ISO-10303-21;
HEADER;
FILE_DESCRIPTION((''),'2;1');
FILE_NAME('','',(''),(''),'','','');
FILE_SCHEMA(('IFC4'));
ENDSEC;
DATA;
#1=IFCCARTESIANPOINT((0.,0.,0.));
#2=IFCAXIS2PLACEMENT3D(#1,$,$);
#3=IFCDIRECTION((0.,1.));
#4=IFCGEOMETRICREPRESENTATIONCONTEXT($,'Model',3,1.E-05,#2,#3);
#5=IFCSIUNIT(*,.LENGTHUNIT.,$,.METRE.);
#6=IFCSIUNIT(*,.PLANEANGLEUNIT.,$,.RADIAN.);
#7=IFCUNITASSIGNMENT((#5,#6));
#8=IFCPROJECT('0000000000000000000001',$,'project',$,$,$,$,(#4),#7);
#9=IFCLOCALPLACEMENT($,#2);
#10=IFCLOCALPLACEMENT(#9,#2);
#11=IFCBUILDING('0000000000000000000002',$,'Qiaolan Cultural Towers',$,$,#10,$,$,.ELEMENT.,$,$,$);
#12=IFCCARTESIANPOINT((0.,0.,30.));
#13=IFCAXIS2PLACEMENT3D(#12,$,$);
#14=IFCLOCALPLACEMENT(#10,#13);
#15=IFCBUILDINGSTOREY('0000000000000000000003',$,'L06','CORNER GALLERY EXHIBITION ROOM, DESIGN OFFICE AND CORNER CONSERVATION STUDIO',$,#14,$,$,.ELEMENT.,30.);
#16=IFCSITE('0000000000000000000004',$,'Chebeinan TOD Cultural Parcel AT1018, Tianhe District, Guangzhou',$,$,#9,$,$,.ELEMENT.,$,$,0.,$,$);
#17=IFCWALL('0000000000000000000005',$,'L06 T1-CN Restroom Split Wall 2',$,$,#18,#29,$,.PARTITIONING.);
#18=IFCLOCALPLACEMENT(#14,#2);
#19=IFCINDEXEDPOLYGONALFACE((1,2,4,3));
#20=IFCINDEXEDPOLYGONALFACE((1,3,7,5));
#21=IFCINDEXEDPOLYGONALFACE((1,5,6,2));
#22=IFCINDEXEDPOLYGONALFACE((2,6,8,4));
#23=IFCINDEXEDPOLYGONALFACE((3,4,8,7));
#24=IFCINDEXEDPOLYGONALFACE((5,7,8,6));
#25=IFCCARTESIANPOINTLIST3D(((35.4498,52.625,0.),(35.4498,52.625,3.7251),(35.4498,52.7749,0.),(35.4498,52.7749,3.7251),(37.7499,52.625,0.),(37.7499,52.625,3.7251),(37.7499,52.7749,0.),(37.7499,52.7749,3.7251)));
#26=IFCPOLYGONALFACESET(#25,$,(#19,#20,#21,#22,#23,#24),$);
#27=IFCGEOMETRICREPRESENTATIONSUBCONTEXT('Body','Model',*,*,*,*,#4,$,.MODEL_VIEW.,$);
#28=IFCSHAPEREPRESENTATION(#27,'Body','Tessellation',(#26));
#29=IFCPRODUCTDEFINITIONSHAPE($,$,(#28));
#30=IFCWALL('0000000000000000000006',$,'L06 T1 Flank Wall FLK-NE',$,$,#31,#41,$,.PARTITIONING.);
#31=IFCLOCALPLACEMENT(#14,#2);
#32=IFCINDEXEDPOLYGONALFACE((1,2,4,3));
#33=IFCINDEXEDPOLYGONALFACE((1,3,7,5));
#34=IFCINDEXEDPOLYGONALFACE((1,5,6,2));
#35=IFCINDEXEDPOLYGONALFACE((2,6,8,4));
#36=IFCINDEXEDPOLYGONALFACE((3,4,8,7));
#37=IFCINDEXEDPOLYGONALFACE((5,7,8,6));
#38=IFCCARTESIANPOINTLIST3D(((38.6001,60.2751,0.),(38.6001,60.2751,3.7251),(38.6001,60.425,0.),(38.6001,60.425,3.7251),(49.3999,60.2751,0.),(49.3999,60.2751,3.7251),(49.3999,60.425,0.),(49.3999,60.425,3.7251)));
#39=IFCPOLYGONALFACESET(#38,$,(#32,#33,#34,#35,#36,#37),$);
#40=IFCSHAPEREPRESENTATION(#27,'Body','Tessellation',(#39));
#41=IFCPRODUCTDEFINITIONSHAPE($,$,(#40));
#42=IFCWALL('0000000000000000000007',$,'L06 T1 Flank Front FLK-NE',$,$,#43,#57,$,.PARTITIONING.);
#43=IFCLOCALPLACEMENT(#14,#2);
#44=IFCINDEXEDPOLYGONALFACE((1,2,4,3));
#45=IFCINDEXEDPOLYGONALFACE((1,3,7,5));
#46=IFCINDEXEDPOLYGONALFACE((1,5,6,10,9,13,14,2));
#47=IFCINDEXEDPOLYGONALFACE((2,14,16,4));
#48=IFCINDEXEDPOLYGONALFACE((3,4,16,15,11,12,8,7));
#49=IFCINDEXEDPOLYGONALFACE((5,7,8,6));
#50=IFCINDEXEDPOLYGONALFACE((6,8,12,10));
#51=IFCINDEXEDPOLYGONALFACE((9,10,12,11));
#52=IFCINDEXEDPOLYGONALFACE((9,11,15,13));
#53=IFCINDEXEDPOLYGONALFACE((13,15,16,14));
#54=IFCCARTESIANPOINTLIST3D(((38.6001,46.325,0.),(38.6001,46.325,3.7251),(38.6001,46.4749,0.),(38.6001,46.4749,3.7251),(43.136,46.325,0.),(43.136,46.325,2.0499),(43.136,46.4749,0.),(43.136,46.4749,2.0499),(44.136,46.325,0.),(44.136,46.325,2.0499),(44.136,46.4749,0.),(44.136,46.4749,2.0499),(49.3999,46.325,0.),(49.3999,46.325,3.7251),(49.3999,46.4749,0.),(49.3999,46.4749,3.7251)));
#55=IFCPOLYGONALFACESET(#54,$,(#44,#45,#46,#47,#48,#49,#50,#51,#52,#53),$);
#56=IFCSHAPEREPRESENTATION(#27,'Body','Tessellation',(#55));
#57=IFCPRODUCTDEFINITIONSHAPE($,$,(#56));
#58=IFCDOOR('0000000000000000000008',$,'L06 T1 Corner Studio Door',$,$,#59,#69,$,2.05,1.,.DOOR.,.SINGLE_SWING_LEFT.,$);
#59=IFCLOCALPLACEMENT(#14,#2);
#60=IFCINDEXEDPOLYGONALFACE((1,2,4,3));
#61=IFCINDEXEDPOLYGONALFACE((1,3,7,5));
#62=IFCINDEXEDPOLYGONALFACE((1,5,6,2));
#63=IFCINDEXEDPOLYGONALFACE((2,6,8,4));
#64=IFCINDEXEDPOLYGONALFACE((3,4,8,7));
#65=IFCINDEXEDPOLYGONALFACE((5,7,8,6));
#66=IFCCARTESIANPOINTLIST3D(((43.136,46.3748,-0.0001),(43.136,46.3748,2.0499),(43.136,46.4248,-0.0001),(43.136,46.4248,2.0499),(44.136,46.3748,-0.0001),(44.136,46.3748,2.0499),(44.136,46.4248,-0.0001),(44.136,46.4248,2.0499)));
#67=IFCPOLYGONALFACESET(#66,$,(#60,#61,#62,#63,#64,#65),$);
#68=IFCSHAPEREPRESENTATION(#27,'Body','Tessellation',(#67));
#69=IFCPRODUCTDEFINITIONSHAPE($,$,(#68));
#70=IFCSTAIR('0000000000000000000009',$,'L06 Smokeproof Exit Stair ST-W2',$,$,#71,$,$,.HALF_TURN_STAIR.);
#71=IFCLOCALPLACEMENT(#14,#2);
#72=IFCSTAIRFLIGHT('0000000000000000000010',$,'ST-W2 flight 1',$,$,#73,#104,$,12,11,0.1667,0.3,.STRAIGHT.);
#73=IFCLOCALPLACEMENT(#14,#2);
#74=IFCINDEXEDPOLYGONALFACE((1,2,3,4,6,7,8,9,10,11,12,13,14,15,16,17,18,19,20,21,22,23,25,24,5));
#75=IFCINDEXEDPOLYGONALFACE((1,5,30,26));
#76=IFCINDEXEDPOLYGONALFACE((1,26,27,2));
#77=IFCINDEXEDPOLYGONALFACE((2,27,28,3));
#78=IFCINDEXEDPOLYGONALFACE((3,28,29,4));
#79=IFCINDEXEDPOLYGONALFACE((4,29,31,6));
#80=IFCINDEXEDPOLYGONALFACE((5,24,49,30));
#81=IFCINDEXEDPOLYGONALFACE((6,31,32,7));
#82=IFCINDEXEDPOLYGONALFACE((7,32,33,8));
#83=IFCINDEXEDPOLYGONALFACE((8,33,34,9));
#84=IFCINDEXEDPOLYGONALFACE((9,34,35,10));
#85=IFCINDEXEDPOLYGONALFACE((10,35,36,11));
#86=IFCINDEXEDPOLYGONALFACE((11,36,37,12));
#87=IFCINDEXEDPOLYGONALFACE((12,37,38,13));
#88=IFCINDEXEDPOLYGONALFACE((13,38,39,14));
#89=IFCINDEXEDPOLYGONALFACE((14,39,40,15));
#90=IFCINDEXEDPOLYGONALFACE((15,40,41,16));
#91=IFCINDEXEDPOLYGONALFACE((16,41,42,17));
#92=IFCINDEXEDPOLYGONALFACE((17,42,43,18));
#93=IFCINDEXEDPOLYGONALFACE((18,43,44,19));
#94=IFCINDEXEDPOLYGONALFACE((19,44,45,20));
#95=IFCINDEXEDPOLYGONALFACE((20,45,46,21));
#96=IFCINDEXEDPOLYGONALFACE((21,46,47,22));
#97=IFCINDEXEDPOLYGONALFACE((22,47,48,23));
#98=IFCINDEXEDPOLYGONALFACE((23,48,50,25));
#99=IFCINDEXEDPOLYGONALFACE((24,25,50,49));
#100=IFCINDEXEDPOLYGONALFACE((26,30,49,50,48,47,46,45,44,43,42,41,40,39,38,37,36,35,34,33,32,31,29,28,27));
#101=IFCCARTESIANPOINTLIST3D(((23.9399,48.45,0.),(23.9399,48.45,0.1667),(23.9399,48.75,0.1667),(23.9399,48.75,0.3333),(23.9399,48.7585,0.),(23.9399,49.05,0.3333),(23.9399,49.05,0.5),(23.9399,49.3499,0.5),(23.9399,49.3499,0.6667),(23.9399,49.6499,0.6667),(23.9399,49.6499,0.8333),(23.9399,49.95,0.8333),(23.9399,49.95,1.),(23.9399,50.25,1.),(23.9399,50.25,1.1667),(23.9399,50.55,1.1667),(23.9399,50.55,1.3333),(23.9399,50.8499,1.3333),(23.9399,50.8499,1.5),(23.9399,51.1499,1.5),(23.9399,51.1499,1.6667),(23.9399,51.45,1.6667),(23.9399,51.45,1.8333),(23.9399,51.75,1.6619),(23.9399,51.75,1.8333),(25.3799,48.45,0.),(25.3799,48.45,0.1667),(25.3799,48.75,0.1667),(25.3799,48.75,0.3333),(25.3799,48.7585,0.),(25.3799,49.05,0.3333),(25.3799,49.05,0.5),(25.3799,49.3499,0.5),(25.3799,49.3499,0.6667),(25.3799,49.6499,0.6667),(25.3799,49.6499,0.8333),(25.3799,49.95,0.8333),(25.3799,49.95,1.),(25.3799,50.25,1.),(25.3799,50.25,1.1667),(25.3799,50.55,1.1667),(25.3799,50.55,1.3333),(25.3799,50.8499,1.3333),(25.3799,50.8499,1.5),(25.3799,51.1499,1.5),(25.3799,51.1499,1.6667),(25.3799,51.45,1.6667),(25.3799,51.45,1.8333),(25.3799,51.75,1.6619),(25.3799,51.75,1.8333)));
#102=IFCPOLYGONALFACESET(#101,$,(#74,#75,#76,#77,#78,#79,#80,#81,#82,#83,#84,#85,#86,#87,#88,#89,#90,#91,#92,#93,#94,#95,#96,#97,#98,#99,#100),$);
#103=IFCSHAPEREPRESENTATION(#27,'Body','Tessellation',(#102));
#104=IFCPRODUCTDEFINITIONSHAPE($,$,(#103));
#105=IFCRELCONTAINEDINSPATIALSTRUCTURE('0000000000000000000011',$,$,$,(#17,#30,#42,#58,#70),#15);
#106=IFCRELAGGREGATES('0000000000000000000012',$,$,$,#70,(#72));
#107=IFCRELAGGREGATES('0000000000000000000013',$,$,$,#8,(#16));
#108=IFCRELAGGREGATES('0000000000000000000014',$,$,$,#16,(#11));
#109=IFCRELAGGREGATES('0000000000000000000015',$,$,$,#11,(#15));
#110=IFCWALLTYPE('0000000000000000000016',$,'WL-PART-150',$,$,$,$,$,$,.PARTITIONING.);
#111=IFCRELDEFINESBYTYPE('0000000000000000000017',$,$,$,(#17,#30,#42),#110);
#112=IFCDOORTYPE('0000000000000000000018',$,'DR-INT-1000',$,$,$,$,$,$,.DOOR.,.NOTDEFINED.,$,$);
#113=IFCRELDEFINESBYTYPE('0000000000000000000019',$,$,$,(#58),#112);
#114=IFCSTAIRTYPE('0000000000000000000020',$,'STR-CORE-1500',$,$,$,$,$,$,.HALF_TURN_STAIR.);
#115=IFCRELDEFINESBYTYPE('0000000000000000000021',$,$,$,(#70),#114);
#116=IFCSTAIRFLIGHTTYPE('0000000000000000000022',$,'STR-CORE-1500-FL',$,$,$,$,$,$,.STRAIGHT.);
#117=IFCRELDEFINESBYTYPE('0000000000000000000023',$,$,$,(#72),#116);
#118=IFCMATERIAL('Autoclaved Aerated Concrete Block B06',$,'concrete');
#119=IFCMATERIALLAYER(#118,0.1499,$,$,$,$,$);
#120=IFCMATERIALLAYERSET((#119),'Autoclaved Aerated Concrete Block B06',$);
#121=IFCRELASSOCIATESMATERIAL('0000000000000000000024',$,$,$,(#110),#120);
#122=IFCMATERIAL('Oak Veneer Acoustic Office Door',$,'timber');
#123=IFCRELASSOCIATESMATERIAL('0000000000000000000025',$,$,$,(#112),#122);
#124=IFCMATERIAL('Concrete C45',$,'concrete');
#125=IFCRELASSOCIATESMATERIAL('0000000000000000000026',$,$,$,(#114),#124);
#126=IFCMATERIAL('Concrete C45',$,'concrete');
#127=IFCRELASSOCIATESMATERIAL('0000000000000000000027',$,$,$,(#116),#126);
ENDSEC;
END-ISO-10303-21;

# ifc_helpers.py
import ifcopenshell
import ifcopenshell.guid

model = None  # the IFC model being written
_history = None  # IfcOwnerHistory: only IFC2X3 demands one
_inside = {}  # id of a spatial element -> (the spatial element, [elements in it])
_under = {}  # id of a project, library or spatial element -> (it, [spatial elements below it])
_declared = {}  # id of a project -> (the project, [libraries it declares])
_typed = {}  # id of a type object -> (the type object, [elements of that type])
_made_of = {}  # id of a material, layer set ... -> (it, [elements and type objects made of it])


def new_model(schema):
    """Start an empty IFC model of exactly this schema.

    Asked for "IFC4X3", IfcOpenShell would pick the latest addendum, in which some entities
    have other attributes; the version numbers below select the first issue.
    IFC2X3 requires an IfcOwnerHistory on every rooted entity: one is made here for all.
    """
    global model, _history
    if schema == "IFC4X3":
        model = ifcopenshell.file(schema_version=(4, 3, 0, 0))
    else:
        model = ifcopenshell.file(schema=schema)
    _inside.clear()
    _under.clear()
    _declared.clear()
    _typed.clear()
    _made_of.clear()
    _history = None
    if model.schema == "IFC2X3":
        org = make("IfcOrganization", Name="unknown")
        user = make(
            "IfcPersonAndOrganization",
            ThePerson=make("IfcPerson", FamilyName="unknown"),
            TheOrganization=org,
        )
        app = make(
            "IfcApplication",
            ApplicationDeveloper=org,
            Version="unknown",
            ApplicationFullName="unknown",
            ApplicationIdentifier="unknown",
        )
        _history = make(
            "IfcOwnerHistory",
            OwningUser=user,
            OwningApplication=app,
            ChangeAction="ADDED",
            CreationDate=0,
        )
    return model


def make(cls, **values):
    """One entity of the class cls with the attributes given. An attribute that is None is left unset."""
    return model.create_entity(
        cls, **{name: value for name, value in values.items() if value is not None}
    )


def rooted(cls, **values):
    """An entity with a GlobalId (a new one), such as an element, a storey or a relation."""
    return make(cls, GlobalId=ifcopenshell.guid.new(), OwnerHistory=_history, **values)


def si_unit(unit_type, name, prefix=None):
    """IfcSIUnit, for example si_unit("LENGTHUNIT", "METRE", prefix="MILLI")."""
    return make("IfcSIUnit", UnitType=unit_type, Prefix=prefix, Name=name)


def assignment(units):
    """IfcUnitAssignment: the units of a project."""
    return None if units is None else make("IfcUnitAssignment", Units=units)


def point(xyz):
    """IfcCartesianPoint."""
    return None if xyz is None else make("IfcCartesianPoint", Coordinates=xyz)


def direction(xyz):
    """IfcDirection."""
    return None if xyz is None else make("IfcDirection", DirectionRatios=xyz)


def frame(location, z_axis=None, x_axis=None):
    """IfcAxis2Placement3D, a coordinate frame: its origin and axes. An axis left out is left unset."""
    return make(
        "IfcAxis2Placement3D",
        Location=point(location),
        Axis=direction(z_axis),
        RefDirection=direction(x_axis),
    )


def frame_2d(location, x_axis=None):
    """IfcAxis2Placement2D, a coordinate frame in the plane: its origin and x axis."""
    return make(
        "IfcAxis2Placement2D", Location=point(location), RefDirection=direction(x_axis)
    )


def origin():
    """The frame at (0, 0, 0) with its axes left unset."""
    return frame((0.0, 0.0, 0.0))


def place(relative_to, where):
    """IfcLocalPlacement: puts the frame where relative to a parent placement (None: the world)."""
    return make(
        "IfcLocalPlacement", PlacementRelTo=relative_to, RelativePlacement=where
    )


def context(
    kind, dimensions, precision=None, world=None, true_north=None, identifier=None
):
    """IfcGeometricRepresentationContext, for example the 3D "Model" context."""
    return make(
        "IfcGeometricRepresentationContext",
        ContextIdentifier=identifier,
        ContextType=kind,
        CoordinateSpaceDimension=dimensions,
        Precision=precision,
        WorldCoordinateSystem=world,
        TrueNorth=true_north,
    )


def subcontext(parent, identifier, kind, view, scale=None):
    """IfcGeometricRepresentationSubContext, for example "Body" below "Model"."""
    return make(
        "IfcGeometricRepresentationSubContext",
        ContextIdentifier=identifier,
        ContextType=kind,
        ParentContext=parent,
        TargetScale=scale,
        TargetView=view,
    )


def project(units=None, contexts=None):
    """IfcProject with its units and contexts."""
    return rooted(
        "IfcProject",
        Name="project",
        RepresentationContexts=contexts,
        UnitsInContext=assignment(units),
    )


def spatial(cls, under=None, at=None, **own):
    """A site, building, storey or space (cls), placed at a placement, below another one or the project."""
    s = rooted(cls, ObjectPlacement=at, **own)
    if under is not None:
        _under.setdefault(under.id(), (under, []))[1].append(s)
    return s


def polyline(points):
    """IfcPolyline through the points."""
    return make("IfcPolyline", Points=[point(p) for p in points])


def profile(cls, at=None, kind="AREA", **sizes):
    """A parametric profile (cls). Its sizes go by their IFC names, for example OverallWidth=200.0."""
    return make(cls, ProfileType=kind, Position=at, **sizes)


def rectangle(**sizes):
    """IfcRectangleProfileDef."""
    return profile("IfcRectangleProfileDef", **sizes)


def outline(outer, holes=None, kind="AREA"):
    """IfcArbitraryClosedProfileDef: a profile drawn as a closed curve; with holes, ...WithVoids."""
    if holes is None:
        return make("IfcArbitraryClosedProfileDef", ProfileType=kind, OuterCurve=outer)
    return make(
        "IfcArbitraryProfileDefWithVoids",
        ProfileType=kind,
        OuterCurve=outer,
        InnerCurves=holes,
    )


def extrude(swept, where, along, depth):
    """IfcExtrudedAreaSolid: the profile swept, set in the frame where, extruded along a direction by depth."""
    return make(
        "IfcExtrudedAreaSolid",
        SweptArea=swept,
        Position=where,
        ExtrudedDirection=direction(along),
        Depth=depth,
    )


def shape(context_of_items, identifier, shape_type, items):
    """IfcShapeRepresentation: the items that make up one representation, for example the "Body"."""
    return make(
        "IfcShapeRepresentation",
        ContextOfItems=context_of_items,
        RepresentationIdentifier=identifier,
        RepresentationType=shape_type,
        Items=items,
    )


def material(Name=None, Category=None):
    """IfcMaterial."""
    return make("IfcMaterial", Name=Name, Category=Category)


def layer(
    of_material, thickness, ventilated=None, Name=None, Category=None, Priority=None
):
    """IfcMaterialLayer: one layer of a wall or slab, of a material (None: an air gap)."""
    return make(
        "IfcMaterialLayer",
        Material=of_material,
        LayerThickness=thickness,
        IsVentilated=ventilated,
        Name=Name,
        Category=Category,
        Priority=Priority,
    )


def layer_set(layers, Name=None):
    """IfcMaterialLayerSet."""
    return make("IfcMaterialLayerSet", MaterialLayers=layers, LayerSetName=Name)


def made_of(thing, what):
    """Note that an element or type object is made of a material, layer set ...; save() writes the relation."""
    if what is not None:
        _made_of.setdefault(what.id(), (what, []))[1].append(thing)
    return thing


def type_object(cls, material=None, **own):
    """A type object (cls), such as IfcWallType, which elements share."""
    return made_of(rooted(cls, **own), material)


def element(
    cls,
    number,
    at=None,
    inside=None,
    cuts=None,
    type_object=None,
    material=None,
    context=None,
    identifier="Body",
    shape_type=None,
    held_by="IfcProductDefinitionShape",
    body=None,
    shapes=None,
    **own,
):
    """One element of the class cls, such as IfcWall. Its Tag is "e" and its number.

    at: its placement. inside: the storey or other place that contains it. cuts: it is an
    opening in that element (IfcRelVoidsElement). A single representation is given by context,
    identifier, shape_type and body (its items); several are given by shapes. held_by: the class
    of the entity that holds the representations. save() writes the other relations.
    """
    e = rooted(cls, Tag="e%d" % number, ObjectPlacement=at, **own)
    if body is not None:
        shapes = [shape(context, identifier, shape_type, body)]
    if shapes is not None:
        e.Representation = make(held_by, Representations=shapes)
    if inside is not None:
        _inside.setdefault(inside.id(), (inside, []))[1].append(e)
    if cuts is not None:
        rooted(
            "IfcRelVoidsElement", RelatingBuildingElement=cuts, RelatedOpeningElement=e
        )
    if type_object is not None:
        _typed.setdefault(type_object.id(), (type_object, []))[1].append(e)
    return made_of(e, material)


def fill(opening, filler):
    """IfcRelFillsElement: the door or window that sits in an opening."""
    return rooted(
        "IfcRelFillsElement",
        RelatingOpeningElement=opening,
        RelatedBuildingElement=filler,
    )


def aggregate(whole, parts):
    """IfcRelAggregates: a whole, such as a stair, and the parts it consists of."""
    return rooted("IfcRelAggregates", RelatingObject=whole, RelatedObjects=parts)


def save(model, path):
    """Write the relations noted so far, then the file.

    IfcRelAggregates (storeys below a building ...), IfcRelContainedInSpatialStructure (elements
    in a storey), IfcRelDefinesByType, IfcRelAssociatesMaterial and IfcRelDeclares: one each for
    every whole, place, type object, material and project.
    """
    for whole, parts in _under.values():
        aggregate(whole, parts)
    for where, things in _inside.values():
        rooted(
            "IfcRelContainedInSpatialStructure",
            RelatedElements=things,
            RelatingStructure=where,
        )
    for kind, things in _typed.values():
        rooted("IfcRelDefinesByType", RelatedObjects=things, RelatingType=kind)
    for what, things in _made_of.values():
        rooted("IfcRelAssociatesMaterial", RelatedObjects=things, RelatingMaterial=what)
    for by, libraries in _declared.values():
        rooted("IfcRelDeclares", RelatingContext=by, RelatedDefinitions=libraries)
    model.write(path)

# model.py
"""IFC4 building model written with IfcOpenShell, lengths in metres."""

from ifc_helpers import new_model, si_unit, direction, frame, frame_2d, origin, place, context, subcontext, project, spatial, polyline, rectangle, outline, extrude, material, layer, layer_set, type_object, element, fill, aggregate, save


model = new_model("IFC4")

# Units and contexts
model_context = context("Model", 3, precision=1e-05, world=origin(), true_north=direction((0.0, 1.0)))
body_context = subcontext(model_context, "Body", "Model", "MODEL_VIEW")
ifc_project = project(units=[si_unit("LENGTHUNIT", "METRE"), si_unit("PLANEANGLEUNIT", "RADIAN")], contexts=[model_context])

# Site, building, storey
site_placement = place(None, origin())
site = spatial("IfcSite", under=ifc_project, at=site_placement, Name="Chebeinan TOD Cultural Parcel AT1018, Tianhe District, Guangzhou", CompositionType="ELEMENT", RefElevation=0.0)
building_placement = place(site_placement, origin())
building = spatial("IfcBuilding", under=site, at=building_placement, Name="Qiaolan Cultural Towers", CompositionType="ELEMENT")
storey_placement = place(building_placement, frame((0.0, 0.0, 30.0)))
storey = spatial("IfcBuildingStorey", under=building, at=storey_placement, Name="L06", Description="CORNER GALLERY EXHIBITION ROOM, DESIGN OFFICE AND CORNER CONSERVATION STUDIO", CompositionType="ELEMENT", Elevation=30.0)

# Shared definitions
ifc_material_1 = material(Name="Autoclaved Aerated Concrete Block B06", Category="concrete")
ifc_layer_1 = layer(ifc_material_1, 0.1499)
ifc_layer_set_1 = layer_set([ifc_layer_1], Name="Autoclaved Aerated Concrete Block B06")
wall_type_1 = type_object("IfcWallType", Name="WL-PART-150", PredefinedType="PARTITIONING", material=ifc_layer_set_1)

# Walls
for number, where, z_axis, x_axis, name in (
    (1, (35.45, 52.7, 0.0), (0.0, 0.0, 1.0), (1.0, 0.0, 0.0), "L06 T1-CN Restroom Split Wall 2"),
):
    element("IfcWall", number, at=place(storey_placement, frame(where, z_axis=z_axis, x_axis=x_axis)), inside=storey, type_object=wall_type_1, Name=name, PredefinedType="PARTITIONING", context=body_context, shape_type="SweptSolid", body=[
        extrude(rectangle(XDim=2.3, YDim=0.1499, at=frame_2d((1.1499, 0.0))), origin(), (0.0, 0.0, 1.0), 3.7251),
    ])
wall_1_placement = place(storey_placement, frame((38.6001, 60.3501, 0.0), z_axis=(0.0, 0.0, 1.0), x_axis=(1.0, 0.0, 0.0)))
element("IfcWall", 2, at=wall_1_placement, inside=storey, type_object=wall_type_1, Name="L06 T1 Flank Wall FLK-NE", PredefinedType="PARTITIONING", context=body_context, shape_type="SweptSolid", body=[
    extrude(rectangle(XDim=10.7998, YDim=0.1499, at=frame_2d((5.3999, 0.0))), origin(), (0.0, 0.0, 1.0), 3.7251),
])

# Wall, opening, door
wall_2_placement = place(storey_placement, frame((38.6001, 46.3999, 0.0), z_axis=(0.0, 0.0, 1.0), x_axis=(1.0, 0.0, 0.0)))
wall_2 = element("IfcWall", 3, at=wall_2_placement, inside=storey, type_object=wall_type_1, Name="L06 T1 Flank Front FLK-NE", PredefinedType="PARTITIONING", context=body_context, shape_type="SweptSolid", body=[
    extrude(rectangle(XDim=10.7998, YDim=0.1499, at=frame_2d((5.3999, 0.0))), origin(), (0.0, 0.0, 1.0), 3.7251),
])
opening_1_placement = place(wall_2_placement, frame((4.5359, 0.0, 0.0)))
opening_1 = element("IfcOpeningElement", 4, at=opening_1_placement, cuts=wall_2, PredefinedType="OPENING", context=body_context, shape_type="SweptSolid", body=[
    extrude(rectangle(XDim=1.0, YDim=2.05, at=frame_2d((0.5, 1.0249))), frame((0.0, 0.085, 0.0), z_axis=(0.0, -1.0, 0.0), x_axis=(1.0, 0.0, 0.0)), (0.0, 0.0, 1.0), 0.1699),
])
ifc_material_2 = material(Name="Oak Veneer Acoustic Office Door", Category="timber")
door_type_1 = type_object("IfcDoorType", Name="DR-INT-1000", OperationType="NOTDEFINED", PredefinedType="DOOR", material=ifc_material_2)
door_1_placement = place(opening_1_placement, origin())
door_1 = element("IfcDoor", 5, at=door_1_placement, inside=storey, type_object=door_type_1, Name="L06 T1 Corner Studio Door", OperationType="SINGLE_SWING_LEFT", OverallHeight=2.05, OverallWidth=1.0, PredefinedType="DOOR", context=body_context, shape_type="SweptSolid", body=[
    extrude(rectangle(XDim=1.0, YDim=2.05, at=frame_2d((0.5, 1.0249))), frame((0.0, 0.0249, 0.0), z_axis=(0.0, -1.0, 0.0), x_axis=(1.0, 0.0, 0.0)), (0.0, 0.0, 1.0), 0.05),
])
fill(opening_1, door_1)

# Stair, stair flight
ifc_material_3 = material(Name="Concrete C45", Category="concrete")
stair_type = type_object("IfcStairType", Name="STR-CORE-1500", PredefinedType="HALF_TURN_STAIR", material=ifc_material_3)
stair_placement = place(storey_placement, origin())
stair = element("IfcStair", 6, at=stair_placement, inside=storey, type_object=stair_type, Name="L06 Smokeproof Exit Stair ST-W2", PredefinedType="HALF_TURN_STAIR")
ifc_material_4 = material(Name="Concrete C45", Category="concrete")
stair_flight_type = type_object("IfcStairFlightType", Name="STR-CORE-1500-FL", PredefinedType="STRAIGHT", material=ifc_material_4)
stair_flight_placement = place(storey_placement, frame((24.6599, 48.45, 0.0), z_axis=(0.0, 0.0, 1.0), x_axis=(0.0, 1.0, 0.0)))
stair_flight = element("IfcStairFlight", 7, at=stair_flight_placement, type_object=stair_flight_type, Name="ST-W2 flight 1", NumberOfRisers=12, NumberOfTreads=11, PredefinedType="STRAIGHT", RiserHeight=0.1667, TreadLength=0.3, context=body_context, shape_type="SweptSolid", body=[
    extrude(outline(polyline([(0.0, 0.0), (0.0, 0.1667), (0.3, 0.1667), (0.3, 0.3333), (0.6001, 0.3333), (0.6001, 0.5), (0.8999, 0.5), (0.8999, 0.6667), (1.2, 0.6667), (1.2, 0.8333), (1.5, 0.8333), (1.5, 1.0), (1.8, 1.0), (1.8, 1.1667), (2.1001, 1.1667), (2.1001, 1.3333), (2.3999, 1.3333), (2.3999, 1.5), (2.7, 1.5), (2.7, 1.6667), (3.0, 1.6667), (3.0, 1.8333), (3.3, 1.8333), (3.3, 2.0), (3.3, 1.6619), (0.3086, 0.0), (0.0, 0.0)])), frame((0.0, 0.72, 0.0), z_axis=(0.0, -1.0, 0.0), x_axis=(1.0, 0.0, 0.0)), (0.0, 0.0, 1.0), 1.4399),
])
aggregate(stair, [stair_flight])

save(model, "model.ifc")
